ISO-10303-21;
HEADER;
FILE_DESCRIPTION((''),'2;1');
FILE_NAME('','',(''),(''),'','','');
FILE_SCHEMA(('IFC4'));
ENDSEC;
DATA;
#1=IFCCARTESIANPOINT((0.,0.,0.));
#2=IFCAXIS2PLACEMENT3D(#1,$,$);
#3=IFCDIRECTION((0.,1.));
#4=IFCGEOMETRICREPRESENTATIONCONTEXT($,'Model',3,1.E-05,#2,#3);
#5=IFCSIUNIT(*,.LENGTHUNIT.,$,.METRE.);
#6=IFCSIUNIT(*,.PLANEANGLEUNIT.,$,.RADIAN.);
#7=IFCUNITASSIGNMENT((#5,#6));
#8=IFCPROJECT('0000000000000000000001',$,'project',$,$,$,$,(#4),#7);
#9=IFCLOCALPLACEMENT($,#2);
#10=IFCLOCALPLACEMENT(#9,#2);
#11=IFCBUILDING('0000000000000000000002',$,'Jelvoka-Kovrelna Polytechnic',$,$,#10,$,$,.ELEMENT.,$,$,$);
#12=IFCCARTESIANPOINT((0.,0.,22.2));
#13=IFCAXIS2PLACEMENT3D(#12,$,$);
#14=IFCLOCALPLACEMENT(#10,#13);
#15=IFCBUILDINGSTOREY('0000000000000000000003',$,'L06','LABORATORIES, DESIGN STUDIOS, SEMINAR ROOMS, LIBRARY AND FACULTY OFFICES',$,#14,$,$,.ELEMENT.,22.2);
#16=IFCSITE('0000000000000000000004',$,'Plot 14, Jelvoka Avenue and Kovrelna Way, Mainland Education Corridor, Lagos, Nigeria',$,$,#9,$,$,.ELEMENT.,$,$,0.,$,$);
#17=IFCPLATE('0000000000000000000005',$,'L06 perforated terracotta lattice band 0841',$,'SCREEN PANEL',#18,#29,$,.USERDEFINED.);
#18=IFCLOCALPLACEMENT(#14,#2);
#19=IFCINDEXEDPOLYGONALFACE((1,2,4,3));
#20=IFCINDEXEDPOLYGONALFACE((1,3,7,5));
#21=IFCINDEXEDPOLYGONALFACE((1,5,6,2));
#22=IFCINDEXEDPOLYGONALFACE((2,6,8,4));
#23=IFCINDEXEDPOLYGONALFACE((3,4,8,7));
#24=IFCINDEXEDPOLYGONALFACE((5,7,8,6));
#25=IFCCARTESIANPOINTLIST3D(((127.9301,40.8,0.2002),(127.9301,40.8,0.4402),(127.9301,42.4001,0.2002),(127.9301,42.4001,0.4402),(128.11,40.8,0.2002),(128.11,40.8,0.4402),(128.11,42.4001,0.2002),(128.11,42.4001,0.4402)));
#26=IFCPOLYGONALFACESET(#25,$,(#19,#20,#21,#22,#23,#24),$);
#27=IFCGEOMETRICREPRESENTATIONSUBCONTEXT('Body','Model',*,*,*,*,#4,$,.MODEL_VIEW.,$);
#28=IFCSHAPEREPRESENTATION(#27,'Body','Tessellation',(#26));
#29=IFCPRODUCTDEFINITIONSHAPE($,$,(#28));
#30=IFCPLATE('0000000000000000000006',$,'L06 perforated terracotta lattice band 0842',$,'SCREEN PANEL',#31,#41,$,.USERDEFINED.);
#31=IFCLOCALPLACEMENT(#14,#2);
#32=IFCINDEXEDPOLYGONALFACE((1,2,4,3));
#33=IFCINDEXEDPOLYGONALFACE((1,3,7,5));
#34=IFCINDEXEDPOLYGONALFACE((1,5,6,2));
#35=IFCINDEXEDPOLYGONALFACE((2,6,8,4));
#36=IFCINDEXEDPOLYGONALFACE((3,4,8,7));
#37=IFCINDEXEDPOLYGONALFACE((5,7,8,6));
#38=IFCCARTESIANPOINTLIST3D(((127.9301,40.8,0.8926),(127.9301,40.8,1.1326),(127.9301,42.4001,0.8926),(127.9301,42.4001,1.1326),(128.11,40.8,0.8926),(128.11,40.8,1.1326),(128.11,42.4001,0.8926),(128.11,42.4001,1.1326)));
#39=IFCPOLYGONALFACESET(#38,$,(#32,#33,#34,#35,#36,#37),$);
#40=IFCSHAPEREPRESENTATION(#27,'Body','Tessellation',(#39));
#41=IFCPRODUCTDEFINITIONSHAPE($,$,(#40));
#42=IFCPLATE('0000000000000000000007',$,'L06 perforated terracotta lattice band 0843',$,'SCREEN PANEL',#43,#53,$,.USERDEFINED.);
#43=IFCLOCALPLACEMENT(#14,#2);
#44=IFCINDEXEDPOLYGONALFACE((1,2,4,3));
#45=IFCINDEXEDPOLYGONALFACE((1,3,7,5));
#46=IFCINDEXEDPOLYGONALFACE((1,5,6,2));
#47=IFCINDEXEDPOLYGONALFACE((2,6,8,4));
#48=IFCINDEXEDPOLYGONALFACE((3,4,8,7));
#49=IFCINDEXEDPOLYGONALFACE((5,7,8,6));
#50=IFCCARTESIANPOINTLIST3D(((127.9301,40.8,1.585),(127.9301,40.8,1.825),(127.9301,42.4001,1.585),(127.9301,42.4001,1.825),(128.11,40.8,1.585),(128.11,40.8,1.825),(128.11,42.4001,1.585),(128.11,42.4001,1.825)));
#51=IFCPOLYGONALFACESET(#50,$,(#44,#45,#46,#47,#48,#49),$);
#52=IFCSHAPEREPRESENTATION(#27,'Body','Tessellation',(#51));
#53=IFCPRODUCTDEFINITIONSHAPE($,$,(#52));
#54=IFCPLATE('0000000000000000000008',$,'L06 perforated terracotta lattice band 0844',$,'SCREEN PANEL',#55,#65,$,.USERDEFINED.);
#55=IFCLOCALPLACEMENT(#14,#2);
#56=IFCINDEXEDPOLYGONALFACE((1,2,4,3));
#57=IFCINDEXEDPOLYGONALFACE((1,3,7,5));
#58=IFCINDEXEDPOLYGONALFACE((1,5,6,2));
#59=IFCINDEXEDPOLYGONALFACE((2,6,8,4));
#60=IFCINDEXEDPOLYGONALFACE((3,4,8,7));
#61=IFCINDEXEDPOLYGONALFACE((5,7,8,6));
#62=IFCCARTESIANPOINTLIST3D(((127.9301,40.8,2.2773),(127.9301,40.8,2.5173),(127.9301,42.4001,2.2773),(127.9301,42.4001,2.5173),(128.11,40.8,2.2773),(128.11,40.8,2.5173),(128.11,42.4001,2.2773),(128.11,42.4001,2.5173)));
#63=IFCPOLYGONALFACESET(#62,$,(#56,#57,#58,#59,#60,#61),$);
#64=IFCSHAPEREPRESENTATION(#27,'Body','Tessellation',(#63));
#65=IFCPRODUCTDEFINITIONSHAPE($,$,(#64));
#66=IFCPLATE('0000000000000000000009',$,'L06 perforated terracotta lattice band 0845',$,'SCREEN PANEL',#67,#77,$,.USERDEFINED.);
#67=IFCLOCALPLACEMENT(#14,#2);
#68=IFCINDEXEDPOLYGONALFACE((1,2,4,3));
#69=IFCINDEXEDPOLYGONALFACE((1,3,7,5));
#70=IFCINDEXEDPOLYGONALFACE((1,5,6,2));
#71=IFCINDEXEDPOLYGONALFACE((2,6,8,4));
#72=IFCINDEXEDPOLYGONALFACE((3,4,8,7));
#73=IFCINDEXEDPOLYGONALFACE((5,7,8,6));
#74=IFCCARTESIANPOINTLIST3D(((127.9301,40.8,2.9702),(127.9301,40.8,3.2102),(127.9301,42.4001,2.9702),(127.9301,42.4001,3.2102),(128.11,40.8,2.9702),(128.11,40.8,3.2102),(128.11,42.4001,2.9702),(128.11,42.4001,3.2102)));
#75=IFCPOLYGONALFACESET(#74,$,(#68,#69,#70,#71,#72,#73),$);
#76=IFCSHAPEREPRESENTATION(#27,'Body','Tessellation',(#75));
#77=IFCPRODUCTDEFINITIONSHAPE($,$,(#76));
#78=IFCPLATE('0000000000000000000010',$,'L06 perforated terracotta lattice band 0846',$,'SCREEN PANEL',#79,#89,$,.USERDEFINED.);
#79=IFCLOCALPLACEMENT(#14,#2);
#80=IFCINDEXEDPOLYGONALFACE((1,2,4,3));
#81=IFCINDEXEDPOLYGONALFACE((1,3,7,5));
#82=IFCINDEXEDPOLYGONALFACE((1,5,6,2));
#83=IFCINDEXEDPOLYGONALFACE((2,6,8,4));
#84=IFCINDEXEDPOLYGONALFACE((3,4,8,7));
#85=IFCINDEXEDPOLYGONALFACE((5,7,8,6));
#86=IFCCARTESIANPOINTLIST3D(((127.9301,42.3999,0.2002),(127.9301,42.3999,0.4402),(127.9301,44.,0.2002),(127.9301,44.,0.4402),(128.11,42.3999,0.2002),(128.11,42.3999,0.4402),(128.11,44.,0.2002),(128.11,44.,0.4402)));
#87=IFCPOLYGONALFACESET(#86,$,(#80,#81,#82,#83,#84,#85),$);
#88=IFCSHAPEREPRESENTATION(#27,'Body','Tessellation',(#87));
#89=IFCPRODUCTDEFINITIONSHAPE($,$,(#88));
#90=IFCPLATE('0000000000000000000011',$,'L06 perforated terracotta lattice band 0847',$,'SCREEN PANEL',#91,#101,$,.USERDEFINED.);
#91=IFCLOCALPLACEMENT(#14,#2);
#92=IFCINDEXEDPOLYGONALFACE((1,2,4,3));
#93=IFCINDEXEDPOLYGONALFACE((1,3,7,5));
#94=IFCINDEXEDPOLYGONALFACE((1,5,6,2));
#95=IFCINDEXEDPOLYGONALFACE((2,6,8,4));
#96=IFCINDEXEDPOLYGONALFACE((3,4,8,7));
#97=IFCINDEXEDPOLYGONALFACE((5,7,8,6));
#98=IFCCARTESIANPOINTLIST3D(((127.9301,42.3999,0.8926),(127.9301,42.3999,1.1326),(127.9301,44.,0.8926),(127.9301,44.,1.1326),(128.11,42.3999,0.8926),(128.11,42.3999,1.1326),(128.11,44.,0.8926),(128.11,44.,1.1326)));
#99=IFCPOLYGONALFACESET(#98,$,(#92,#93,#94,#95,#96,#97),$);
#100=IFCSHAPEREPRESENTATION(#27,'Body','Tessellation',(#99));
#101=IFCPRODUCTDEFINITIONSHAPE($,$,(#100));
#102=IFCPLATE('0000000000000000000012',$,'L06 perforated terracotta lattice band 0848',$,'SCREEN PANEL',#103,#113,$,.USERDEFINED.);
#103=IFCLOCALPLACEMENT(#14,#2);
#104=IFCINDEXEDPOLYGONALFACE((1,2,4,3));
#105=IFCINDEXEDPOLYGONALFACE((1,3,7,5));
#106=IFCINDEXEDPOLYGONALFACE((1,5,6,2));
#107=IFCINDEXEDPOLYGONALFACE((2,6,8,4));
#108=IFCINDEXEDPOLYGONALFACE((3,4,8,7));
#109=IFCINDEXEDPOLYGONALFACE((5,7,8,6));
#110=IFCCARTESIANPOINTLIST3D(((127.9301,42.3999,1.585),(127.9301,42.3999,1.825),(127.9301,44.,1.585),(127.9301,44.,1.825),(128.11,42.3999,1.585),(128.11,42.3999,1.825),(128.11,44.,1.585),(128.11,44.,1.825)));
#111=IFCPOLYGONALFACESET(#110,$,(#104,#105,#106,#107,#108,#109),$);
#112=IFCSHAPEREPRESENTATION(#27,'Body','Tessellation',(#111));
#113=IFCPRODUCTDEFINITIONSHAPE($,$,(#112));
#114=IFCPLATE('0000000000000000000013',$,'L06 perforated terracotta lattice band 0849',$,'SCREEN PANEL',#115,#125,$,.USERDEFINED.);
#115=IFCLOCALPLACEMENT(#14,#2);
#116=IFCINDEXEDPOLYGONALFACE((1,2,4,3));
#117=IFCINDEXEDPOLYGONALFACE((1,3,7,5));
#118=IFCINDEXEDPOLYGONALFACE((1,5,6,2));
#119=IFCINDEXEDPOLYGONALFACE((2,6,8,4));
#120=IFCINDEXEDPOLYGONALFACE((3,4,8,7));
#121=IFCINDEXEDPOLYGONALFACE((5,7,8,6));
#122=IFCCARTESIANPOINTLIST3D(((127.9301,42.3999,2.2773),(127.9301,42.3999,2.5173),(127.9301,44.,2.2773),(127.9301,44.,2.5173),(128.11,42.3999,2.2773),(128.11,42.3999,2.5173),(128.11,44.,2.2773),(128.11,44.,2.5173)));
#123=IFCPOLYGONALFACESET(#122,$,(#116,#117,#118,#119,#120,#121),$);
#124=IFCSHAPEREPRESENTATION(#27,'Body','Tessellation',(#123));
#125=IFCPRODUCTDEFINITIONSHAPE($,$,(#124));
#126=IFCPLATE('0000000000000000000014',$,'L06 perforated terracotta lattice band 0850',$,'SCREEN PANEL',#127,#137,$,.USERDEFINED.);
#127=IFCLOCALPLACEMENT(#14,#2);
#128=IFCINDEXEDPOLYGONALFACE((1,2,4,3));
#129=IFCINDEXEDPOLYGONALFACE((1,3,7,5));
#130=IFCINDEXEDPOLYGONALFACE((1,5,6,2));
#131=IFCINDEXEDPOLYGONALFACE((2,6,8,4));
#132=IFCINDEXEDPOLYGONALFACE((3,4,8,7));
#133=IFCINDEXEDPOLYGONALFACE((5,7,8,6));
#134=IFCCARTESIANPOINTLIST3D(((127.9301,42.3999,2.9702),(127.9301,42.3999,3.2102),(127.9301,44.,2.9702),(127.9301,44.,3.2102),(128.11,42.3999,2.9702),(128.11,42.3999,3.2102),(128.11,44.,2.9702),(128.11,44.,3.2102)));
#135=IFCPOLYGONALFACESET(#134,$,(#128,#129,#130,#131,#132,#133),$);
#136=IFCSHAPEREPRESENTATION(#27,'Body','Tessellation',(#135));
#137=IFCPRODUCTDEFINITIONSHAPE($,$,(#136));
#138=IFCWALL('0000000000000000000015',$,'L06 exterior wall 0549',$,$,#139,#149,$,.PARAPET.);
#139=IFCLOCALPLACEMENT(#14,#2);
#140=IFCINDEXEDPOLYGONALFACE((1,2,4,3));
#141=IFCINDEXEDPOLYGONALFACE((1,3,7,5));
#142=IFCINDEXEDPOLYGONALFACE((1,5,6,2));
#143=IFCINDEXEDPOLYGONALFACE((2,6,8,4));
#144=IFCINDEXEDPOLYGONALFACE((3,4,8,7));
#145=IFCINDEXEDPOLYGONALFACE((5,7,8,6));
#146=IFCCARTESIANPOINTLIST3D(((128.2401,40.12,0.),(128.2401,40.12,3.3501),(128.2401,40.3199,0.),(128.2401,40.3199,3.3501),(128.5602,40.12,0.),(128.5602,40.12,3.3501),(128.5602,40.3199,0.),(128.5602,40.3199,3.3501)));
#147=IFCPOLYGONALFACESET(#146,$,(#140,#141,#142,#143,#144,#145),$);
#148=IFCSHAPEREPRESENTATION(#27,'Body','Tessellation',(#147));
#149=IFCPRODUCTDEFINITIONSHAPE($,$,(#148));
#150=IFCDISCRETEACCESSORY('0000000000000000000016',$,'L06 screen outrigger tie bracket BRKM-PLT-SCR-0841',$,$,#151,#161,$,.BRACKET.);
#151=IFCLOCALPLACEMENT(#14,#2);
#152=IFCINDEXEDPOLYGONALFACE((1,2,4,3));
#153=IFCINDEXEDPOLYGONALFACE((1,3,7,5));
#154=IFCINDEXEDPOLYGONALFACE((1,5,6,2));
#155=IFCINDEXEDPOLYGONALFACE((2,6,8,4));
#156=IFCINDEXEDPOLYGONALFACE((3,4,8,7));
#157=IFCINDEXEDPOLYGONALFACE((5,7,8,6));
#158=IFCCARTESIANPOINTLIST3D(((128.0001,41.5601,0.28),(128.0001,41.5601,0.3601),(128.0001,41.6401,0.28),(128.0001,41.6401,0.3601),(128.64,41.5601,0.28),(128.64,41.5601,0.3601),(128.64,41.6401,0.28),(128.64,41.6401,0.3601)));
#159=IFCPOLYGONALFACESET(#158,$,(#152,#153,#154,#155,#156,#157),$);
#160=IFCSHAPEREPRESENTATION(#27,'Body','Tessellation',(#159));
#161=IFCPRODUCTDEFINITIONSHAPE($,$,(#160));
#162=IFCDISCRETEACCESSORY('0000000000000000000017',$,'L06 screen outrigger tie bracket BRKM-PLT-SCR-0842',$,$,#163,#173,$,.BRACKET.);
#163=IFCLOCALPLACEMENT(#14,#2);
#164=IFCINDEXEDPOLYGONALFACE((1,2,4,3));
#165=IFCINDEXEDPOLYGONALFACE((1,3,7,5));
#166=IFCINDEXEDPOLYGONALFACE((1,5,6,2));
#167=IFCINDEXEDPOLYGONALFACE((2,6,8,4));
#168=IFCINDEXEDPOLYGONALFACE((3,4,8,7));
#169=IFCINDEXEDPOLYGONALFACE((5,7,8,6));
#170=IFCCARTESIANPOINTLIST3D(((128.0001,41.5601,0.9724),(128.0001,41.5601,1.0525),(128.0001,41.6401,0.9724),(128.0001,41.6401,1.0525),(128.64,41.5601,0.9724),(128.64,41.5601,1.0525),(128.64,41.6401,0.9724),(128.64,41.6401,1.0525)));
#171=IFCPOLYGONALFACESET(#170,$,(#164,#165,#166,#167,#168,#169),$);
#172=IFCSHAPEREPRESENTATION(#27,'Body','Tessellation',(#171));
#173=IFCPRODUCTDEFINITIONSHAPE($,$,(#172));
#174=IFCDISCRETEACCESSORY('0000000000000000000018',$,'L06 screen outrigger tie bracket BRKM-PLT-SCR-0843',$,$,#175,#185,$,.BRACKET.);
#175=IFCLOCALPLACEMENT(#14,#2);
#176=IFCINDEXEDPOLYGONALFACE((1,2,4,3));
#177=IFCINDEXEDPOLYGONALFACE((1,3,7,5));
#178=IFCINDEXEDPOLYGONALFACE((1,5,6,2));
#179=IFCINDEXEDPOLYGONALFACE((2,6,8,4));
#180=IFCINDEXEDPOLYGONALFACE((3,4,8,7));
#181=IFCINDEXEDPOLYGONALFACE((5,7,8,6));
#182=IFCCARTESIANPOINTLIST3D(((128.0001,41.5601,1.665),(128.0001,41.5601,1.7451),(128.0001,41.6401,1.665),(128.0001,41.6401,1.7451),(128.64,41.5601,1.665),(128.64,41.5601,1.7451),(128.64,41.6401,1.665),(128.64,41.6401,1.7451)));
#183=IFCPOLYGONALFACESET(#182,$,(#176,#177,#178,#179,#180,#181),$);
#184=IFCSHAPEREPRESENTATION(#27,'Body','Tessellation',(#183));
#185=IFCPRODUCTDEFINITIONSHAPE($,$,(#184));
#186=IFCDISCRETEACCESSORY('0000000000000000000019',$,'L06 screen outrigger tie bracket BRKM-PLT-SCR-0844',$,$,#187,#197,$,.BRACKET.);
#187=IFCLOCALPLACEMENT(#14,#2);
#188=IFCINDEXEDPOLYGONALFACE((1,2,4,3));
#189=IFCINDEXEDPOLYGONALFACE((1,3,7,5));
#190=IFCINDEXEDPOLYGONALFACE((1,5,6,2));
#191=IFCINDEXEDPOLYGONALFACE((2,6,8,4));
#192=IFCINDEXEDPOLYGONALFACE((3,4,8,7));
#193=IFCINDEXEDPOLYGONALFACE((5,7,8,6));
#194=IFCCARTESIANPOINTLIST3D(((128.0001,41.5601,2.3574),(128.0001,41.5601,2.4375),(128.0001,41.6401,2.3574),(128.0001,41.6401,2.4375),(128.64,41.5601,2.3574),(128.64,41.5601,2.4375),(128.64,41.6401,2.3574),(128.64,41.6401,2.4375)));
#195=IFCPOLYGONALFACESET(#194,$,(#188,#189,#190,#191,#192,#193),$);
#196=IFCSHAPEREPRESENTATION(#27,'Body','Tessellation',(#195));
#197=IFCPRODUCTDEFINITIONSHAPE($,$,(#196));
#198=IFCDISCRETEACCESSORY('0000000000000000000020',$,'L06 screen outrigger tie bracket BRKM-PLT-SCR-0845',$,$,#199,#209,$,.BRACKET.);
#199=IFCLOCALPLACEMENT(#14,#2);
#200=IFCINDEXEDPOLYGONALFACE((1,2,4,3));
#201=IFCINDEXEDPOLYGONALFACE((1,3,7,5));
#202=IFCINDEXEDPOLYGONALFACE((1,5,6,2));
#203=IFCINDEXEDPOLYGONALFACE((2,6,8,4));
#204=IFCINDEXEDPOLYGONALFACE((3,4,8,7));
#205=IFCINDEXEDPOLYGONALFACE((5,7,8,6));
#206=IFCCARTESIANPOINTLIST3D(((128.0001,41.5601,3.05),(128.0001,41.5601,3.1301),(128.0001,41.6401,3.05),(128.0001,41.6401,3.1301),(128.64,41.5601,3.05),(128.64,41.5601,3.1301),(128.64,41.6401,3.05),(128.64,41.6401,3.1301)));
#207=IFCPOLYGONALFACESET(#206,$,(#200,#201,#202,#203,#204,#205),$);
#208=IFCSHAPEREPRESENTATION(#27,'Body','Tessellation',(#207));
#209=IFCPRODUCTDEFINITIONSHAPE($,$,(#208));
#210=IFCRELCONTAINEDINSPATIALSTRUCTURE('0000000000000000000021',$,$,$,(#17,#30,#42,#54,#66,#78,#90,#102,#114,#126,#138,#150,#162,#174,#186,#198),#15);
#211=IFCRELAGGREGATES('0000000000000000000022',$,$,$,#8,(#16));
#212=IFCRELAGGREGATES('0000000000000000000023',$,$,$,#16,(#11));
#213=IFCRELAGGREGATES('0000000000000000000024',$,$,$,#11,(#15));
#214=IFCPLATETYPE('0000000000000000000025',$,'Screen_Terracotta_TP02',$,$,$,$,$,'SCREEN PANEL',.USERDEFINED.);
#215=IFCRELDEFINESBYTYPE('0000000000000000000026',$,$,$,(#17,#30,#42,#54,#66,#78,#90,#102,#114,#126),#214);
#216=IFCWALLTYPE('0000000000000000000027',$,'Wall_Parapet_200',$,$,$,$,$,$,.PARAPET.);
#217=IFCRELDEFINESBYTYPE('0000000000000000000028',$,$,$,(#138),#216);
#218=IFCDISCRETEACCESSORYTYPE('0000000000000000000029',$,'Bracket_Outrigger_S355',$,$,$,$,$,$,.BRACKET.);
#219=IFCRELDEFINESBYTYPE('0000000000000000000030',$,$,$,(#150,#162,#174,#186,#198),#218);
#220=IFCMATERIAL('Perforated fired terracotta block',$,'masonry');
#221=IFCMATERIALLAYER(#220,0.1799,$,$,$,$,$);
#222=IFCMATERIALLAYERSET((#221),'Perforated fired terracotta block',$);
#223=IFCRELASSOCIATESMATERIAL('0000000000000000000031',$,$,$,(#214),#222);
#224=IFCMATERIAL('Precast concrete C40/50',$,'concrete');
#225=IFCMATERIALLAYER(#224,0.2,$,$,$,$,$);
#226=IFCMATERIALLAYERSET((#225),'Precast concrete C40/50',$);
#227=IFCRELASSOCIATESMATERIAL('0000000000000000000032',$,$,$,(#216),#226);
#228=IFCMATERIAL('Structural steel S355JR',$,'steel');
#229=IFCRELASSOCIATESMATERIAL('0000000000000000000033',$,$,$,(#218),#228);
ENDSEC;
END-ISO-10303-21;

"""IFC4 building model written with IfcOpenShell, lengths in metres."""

from ifc_helpers import new_model, si_unit, direction, frame, frame_2d, origin, origin_2d, place, context, subcontext, project, spatial, rectangle, extrude, material, layer, layer_set, type_object, element, save


model = new_model("IFC4")

# Units and contexts
model_context = context("Model", 3, precision=1e-05, world=origin(), true_north=direction((0.0, 1.0)))
body_context = subcontext(model_context, "Body", "Model", "MODEL_VIEW")
ifc_project = project(units=[si_unit("LENGTHUNIT", "METRE"), si_unit("PLANEANGLEUNIT", "RADIAN")], contexts=[model_context])

# Site, building, storey
site_placement = place(None, origin())
site = spatial("IfcSite", under=ifc_project, at=site_placement, Name="Plot 14, Jelvoka Avenue and Kovrelna Way, Mainland Education Corridor, Lagos, Nigeria", CompositionType="ELEMENT", RefElevation=0.0)
building_placement = place(site_placement, origin())
building = spatial("IfcBuilding", under=site, at=building_placement, Name="Jelvoka-Kovrelna Polytechnic", CompositionType="ELEMENT")
storey_placement = place(building_placement, frame((0.0, 0.0, 22.2)))
storey = spatial("IfcBuildingStorey", under=building, at=storey_placement, Name="L06", Description="LABORATORIES, DESIGN STUDIOS, SEMINAR ROOMS, LIBRARY AND FACULTY OFFICES", CompositionType="ELEMENT", Elevation=22.2)

# Plates
ifc_material_1 = material(Name="Perforated fired terracotta block", Category="masonry")
ifc_layer_1 = layer(ifc_material_1, 0.1799)
ifc_layer_set_1 = layer_set([ifc_layer_1], Name="Perforated fired terracotta block")
plate_type = type_object("IfcPlateType", Name="Screen_Terracotta_TP02", ElementType="SCREEN PANEL", PredefinedType="USERDEFINED", material=ifc_layer_set_1)
for number, where, z_axis, x_axis, name in (
    (1, (128.02, 41.6001, 0.2002), (0.0, 0.0, 1.0), (0.0, 1.0, 0.0), "L06 perforated terracotta lattice band 0841"),
    (2, (128.02, 41.6001, 0.8926), (0.0, 0.0, 1.0), (0.0, 1.0, 0.0), "L06 perforated terracotta lattice band 0842"),
    (3, (128.02, 41.6001, 1.585), (0.0, 0.0, 1.0), (0.0, 1.0, 0.0), "L06 perforated terracotta lattice band 0843"),
    (4, (128.02, 41.6001, 2.2773), (0.0, 0.0, 1.0), (0.0, 1.0, 0.0), "L06 perforated terracotta lattice band 0844"),
    (5, (128.02, 41.6001, 2.9702), (0.0, 0.0, 1.0), (0.0, 1.0, 0.0), "L06 perforated terracotta lattice band 0845"),
    (6, (128.02, 43.2, 0.2002), (0.0, 0.0, 1.0), (0.0, 1.0, 0.0), "L06 perforated terracotta lattice band 0846"),
    (7, (128.02, 43.2, 0.8926), (0.0, 0.0, 1.0), (0.0, 1.0, 0.0), "L06 perforated terracotta lattice band 0847"),
    (8, (128.02, 43.2, 1.585), (0.0, 0.0, 1.0), (0.0, 1.0, 0.0), "L06 perforated terracotta lattice band 0848"),
    (9, (128.02, 43.2, 2.2773), (0.0, 0.0, 1.0), (0.0, 1.0, 0.0), "L06 perforated terracotta lattice band 0849"),
    (10, (128.02, 43.2, 2.9702), (0.0, 0.0, 1.0), (0.0, 1.0, 0.0), "L06 perforated terracotta lattice band 0850"),
):
    element("IfcPlate", number, at=place(storey_placement, frame(where, z_axis=z_axis, x_axis=x_axis)), inside=storey, type_object=plate_type, Name=name, ObjectType="SCREEN PANEL", PredefinedType="USERDEFINED", context=body_context, shape_type="SweptSolid", body=[
        extrude(rectangle(XDim=1.6001, YDim=0.1799, at=origin_2d()), origin(), (0.0, 0.0, 1.0), 0.24),
    ])

# Wall
ifc_material_2 = material(Name="Precast concrete C40/50", Category="concrete")
ifc_layer_2 = layer(ifc_material_2, 0.2)
ifc_layer_set_2 = layer_set([ifc_layer_2], Name="Precast concrete C40/50")
wall_type = type_object("IfcWallType", Name="Wall_Parapet_200", PredefinedType="PARAPET", material=ifc_layer_set_2)
wall_placement = place(storey_placement, frame((128.24, 40.22, 0.0), z_axis=(0.0, 0.0, 1.0), x_axis=(1.0, 0.0, 0.0)))
element("IfcWall", 11, at=wall_placement, inside=storey, type_object=wall_type, Name="L06 exterior wall 0549", PredefinedType="PARAPET", context=body_context, shape_type="SweptSolid", body=[
    extrude(rectangle(XDim=0.3201, YDim=0.2, at=frame_2d((0.1602, 0.0))), origin(), (0.0, 0.0, 1.0), 3.3501),
])

# Discrete accessories
ifc_material_3 = material(Name="Structural steel S355JR", Category="steel")
discrete_accessory_type = type_object("IfcDiscreteAccessoryType", Name="Bracket_Outrigger_S355", PredefinedType="BRACKET", material=ifc_material_3)
for number, where, z_axis, x_axis, name in (
    (12, (128.3201, 41.6001, 0.28), (0.0, 0.0, 1.0), (1.0, 0.0, 0.0), "L06 screen outrigger tie bracket BRKM-PLT-SCR-0841"),
    (13, (128.3201, 41.6001, 0.9724), (0.0, 0.0, 1.0), (1.0, 0.0, 0.0), "L06 screen outrigger tie bracket BRKM-PLT-SCR-0842"),
    (14, (128.3201, 41.6001, 1.665), (0.0, 0.0, 1.0), (1.0, 0.0, 0.0), "L06 screen outrigger tie bracket BRKM-PLT-SCR-0843"),
    (15, (128.3201, 41.6001, 2.3574), (0.0, 0.0, 1.0), (1.0, 0.0, 0.0), "L06 screen outrigger tie bracket BRKM-PLT-SCR-0844"),
    (16, (128.3201, 41.6001, 3.05), (0.0, 0.0, 1.0), (1.0, 0.0, 0.0), "L06 screen outrigger tie bracket BRKM-PLT-SCR-0845"),
):
    element("IfcDiscreteAccessory", number, at=place(storey_placement, frame(where, z_axis=z_axis, x_axis=x_axis)), inside=storey, type_object=discrete_accessory_type, Name=name, PredefinedType="BRACKET", context=body_context, shape_type="SweptSolid", body=[
        extrude(rectangle(XDim=0.6399, YDim=0.0801, at=origin_2d()), origin(), (0.0, 0.0, 1.0), 0.0801),
    ])

save(model, "model.ifc")
